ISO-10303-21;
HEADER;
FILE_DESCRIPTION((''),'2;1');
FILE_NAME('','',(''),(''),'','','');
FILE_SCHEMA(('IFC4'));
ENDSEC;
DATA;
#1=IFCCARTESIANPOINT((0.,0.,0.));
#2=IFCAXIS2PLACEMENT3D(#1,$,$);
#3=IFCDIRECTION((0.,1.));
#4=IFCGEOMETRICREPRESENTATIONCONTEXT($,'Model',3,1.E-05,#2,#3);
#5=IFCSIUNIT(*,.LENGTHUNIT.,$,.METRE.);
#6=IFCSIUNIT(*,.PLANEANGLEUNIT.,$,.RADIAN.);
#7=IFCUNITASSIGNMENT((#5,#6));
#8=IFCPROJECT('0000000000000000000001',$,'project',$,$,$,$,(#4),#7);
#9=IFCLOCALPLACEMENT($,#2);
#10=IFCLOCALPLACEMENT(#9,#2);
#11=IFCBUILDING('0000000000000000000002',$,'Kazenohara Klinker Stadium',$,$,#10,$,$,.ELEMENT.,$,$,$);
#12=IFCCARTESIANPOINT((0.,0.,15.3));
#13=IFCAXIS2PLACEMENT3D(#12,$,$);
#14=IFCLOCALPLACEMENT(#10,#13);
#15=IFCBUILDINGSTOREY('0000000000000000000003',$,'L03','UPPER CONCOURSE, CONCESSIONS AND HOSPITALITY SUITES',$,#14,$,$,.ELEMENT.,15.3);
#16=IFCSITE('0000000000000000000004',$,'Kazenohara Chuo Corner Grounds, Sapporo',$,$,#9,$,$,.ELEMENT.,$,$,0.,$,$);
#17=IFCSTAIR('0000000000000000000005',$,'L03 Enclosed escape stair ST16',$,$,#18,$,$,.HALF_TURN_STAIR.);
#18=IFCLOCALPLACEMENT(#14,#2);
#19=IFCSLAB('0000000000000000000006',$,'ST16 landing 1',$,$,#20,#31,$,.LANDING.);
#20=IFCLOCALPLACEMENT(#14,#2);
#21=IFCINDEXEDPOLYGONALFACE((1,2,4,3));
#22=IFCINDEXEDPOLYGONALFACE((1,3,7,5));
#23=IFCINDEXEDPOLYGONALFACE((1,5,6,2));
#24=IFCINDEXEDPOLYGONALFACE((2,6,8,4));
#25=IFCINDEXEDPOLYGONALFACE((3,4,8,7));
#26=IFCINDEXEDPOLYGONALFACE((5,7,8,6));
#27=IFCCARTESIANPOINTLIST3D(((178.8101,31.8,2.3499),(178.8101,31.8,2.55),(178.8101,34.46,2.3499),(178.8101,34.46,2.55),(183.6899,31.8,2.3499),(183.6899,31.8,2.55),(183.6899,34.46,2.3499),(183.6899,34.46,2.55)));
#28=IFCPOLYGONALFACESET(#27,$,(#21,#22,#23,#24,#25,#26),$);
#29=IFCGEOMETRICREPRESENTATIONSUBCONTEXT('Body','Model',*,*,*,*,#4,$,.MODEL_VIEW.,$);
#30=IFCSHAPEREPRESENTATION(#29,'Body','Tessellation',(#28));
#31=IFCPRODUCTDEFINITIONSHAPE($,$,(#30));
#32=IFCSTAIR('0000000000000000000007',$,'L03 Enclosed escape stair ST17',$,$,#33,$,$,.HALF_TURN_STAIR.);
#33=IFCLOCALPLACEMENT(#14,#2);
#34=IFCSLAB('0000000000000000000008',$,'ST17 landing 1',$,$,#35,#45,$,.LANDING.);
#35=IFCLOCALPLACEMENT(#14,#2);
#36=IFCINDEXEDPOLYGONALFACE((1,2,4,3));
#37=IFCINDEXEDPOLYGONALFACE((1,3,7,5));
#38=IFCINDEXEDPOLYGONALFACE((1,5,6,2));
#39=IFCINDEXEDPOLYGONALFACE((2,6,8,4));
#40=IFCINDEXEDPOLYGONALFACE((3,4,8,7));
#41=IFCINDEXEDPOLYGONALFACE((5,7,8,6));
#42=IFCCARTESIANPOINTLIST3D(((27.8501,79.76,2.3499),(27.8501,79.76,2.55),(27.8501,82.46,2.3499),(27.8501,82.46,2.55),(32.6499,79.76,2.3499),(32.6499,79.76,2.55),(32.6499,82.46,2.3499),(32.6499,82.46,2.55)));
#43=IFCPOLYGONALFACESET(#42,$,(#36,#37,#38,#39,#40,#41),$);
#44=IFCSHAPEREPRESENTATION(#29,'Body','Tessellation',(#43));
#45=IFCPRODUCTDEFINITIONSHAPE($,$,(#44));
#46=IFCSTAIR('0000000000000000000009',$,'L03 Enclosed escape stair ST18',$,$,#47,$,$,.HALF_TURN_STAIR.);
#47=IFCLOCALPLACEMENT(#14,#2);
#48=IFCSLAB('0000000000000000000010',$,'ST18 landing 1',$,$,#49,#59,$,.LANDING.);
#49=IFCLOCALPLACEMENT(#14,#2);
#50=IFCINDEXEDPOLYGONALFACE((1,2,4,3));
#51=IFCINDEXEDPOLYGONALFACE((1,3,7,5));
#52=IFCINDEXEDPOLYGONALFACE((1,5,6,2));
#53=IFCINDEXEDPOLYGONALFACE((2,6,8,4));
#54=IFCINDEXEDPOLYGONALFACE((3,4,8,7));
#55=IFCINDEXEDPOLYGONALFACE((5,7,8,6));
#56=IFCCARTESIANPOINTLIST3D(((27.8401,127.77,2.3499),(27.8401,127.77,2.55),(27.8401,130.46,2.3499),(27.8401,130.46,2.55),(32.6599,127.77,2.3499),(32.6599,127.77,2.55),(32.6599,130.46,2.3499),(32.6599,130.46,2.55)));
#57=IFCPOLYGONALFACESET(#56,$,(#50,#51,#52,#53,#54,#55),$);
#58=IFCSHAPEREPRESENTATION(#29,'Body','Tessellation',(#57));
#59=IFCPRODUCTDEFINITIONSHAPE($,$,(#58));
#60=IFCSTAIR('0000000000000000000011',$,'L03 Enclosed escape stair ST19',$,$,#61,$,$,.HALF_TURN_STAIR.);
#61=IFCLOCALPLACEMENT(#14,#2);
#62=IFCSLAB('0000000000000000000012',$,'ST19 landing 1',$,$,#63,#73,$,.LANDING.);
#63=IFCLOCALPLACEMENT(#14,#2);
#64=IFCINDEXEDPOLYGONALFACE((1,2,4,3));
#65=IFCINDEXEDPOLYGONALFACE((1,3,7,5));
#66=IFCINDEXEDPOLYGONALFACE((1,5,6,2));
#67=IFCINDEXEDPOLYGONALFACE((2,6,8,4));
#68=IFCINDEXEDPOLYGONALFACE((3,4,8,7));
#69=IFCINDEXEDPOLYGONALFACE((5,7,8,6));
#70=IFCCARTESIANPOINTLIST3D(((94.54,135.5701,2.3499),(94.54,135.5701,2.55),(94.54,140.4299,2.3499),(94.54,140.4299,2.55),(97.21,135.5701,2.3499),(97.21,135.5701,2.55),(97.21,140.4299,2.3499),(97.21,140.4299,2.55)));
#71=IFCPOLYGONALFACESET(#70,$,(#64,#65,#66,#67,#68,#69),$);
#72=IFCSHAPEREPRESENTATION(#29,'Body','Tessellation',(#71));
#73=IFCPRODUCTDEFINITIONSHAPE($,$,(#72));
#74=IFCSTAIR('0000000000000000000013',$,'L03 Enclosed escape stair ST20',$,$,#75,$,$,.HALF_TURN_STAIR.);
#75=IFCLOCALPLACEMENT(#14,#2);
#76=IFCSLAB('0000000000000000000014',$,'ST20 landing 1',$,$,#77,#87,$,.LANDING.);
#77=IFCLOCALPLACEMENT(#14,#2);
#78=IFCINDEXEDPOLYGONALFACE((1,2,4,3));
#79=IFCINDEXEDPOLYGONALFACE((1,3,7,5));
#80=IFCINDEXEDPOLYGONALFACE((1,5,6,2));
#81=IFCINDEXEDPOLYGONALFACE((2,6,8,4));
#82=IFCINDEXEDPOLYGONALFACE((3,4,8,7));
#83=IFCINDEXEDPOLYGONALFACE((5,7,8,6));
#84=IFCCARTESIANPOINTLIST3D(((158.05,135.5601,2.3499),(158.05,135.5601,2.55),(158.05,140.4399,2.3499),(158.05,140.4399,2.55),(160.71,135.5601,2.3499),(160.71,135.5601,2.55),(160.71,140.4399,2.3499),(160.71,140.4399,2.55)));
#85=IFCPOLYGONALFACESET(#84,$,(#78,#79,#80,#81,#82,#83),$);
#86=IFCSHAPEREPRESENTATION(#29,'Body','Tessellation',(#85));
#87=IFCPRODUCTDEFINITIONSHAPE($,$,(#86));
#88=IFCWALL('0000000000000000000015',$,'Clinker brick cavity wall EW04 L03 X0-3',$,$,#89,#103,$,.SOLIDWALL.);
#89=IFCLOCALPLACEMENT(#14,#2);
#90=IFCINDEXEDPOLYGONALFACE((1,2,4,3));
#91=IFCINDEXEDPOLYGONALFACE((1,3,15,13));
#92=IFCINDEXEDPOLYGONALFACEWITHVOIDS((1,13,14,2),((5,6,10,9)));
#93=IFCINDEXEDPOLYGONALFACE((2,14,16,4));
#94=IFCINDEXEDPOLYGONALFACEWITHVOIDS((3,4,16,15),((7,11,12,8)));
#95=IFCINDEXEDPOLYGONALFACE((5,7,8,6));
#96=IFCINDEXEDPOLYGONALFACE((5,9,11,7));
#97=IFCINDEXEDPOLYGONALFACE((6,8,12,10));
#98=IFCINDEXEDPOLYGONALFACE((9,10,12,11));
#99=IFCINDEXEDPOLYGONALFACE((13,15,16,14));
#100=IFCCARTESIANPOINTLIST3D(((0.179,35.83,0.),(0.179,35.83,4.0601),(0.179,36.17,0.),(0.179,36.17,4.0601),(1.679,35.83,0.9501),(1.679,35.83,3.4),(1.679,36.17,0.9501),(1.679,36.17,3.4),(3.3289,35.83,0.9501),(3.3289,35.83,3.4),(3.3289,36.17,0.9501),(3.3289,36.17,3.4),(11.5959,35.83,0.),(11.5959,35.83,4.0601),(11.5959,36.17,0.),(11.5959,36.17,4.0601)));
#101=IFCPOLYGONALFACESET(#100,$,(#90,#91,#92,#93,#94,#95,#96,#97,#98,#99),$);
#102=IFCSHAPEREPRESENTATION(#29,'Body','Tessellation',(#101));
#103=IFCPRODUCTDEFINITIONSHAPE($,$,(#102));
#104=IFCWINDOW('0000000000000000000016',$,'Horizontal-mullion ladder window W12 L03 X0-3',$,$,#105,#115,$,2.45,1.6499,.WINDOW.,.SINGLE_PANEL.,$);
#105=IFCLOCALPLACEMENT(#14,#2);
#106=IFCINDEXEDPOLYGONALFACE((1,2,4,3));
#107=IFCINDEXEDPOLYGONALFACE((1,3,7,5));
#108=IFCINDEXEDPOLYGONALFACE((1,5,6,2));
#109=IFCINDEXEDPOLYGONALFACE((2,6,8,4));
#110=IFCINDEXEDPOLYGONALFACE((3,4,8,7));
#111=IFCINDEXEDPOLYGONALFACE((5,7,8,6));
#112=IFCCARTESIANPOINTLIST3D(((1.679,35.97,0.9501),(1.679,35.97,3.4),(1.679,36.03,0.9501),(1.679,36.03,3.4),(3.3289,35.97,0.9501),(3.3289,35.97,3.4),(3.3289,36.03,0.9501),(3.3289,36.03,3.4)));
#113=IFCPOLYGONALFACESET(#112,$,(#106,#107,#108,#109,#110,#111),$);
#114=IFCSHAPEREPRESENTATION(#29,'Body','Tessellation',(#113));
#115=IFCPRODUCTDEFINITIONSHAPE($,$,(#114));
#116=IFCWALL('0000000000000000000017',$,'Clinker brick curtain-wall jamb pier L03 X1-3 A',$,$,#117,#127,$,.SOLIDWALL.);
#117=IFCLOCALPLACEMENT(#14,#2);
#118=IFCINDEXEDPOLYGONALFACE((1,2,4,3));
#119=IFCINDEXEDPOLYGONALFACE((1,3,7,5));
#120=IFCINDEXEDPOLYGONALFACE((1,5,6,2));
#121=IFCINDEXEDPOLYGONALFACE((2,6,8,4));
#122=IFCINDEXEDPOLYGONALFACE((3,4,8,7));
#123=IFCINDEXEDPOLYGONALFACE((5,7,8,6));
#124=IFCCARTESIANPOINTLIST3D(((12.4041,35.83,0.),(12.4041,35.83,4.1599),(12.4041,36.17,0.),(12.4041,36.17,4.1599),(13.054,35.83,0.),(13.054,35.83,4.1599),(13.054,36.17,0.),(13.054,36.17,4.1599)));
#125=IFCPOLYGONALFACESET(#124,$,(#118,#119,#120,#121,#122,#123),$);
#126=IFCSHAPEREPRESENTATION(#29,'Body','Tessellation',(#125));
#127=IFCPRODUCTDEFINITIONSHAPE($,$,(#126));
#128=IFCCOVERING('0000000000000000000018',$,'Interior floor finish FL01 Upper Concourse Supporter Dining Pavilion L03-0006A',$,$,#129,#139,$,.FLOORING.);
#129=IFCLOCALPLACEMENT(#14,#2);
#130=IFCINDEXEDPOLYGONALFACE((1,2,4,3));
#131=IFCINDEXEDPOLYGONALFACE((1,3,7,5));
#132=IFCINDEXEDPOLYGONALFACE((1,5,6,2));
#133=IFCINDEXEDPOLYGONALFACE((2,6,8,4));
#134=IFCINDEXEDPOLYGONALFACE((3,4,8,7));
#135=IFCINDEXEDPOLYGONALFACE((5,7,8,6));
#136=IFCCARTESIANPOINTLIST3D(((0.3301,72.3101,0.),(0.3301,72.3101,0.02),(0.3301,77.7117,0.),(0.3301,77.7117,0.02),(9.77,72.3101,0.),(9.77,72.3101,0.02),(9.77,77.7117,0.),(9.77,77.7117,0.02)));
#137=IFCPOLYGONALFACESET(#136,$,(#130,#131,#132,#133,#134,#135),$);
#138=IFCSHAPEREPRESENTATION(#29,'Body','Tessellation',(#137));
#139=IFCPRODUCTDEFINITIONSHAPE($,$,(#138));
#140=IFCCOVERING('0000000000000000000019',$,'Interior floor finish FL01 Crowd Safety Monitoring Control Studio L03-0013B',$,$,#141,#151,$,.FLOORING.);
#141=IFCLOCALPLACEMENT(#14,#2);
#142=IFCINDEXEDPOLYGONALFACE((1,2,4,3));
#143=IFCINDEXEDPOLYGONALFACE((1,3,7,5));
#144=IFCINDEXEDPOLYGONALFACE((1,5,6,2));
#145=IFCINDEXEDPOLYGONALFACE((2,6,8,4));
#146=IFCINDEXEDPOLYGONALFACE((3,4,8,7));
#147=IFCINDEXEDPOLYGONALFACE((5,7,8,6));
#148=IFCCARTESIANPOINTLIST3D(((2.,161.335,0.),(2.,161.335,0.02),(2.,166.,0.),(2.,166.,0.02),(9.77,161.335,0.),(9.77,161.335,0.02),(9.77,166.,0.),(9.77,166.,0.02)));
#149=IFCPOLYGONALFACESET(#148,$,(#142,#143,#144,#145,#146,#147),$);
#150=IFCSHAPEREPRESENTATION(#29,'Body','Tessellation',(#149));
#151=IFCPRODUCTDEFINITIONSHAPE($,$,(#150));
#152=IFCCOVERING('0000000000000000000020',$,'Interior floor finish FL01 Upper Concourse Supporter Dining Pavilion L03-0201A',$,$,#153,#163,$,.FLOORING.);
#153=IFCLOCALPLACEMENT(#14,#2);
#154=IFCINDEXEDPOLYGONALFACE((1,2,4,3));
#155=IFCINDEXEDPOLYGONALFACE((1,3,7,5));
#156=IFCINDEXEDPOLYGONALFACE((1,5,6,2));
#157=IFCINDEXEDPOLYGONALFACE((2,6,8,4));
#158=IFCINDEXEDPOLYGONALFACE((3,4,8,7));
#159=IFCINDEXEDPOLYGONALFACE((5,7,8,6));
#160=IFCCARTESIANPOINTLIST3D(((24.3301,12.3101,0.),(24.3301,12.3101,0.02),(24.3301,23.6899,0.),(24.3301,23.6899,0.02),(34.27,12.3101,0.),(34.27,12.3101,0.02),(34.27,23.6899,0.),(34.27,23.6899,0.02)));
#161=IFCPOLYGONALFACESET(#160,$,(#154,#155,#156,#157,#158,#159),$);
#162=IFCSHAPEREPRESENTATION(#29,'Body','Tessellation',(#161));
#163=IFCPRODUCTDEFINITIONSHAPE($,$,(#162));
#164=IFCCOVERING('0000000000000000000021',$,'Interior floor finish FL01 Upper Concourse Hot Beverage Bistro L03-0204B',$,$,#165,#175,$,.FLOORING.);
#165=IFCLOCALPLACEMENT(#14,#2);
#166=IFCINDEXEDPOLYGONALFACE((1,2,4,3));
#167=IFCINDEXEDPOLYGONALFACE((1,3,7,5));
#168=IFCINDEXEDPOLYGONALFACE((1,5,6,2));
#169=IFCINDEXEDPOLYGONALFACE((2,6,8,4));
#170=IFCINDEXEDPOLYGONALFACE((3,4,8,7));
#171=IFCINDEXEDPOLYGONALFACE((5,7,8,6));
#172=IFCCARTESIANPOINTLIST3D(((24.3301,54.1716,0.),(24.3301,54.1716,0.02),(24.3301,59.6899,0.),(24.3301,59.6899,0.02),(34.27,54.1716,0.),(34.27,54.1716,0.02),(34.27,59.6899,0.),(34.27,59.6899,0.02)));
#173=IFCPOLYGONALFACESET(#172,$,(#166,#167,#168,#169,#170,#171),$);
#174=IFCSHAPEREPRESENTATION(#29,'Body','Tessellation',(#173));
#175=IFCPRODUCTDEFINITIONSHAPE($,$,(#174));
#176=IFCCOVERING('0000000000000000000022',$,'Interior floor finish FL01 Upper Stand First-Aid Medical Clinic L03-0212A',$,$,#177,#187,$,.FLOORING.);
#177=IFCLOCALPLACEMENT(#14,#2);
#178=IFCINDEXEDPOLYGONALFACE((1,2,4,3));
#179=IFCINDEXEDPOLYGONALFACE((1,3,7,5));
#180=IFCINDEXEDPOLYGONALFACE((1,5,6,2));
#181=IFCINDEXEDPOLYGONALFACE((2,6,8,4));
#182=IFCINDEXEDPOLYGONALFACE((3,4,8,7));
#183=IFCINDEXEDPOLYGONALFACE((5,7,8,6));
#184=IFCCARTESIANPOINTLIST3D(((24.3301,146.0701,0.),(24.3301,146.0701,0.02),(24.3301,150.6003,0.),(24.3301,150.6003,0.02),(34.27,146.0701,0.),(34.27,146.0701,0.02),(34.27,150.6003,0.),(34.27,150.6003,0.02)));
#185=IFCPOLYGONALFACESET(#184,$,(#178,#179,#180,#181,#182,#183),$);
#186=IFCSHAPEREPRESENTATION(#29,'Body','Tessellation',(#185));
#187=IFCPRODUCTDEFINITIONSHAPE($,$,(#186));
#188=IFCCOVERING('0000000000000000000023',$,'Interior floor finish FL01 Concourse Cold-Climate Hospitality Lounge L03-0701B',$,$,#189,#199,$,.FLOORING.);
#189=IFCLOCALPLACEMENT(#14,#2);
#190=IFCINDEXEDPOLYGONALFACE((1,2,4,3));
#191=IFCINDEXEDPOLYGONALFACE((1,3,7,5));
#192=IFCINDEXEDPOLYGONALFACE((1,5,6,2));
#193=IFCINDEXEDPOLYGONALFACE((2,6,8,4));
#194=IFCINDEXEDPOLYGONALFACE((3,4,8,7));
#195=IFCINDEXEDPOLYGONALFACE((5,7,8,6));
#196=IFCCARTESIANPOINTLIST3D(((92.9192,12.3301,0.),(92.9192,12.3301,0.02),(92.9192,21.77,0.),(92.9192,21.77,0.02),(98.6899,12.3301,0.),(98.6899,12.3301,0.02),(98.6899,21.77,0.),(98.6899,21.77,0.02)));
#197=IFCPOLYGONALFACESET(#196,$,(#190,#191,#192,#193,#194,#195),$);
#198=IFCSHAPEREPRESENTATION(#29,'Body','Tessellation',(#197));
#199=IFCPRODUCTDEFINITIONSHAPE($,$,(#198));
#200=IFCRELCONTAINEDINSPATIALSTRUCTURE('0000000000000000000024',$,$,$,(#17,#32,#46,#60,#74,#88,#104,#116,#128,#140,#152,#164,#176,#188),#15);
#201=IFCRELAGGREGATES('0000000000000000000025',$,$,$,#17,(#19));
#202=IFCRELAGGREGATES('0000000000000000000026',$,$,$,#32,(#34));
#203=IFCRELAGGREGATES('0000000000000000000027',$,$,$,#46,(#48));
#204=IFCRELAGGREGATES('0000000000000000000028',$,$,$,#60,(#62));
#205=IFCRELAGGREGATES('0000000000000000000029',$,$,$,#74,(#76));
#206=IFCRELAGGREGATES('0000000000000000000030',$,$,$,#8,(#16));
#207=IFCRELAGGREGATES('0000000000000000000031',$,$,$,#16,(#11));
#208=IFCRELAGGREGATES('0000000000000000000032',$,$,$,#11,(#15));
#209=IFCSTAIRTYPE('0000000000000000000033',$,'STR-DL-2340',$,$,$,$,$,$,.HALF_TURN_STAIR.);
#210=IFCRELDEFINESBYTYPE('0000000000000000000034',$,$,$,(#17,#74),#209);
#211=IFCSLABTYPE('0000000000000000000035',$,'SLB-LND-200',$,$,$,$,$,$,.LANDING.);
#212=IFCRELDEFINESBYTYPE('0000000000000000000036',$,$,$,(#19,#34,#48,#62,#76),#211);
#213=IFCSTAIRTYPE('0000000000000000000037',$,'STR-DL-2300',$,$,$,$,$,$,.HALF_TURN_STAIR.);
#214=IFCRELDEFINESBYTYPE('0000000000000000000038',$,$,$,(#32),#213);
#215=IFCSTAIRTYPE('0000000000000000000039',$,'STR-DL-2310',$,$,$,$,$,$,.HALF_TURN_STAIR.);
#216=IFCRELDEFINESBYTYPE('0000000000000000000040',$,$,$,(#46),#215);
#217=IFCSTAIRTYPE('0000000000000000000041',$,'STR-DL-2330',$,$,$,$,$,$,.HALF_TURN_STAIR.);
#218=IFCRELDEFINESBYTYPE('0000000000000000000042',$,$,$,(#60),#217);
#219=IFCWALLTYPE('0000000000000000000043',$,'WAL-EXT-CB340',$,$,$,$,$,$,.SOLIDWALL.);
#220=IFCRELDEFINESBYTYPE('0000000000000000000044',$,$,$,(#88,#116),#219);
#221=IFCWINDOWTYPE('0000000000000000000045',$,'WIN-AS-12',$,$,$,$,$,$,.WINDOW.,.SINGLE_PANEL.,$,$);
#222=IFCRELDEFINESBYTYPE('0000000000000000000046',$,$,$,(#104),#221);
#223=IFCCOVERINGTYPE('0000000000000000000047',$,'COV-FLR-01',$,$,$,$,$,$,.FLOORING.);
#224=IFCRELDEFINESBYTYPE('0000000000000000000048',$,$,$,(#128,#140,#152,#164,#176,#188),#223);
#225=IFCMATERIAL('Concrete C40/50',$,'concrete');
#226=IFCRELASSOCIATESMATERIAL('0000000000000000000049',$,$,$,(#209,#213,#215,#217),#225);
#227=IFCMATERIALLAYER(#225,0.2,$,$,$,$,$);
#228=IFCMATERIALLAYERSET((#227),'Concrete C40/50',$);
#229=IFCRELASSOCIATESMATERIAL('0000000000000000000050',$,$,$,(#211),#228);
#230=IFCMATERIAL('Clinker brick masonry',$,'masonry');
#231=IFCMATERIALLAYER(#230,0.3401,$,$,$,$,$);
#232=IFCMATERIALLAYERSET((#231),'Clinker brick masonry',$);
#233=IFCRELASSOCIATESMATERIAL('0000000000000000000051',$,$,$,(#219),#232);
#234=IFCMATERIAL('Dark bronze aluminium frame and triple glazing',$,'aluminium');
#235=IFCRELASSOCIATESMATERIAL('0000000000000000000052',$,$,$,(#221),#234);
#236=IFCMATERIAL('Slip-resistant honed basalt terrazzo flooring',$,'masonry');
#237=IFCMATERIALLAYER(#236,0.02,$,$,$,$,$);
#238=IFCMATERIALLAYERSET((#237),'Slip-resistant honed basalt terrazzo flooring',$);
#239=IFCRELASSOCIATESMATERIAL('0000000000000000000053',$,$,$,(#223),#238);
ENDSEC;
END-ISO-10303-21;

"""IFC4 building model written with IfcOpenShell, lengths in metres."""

from ifc_helpers import new_model, si_unit, direction, frame, frame_2d, origin, place, context, subcontext, project, spatial, polyline, rectangle, outline, extrude, material, layer, layer_set, type_object, element, fill, aggregate, save


model = new_model("IFC4")

# Units and contexts
model_context = context("Model", 3, precision=1e-05, world=origin(), true_north=direction((0.0, 1.0)))
body_context = subcontext(model_context, "Body", "Model", "MODEL_VIEW")
ifc_project = project(units=[si_unit("LENGTHUNIT", "METRE"), si_unit("PLANEANGLEUNIT", "RADIAN")], contexts=[model_context])

# Site, building, storey
site_placement = place(None, origin())
site = spatial("IfcSite", under=ifc_project, at=site_placement, Name="Kazenohara Chuo Corner Grounds, Sapporo", CompositionType="ELEMENT", RefElevation=0.0)
building_placement = place(site_placement, origin())
building = spatial("IfcBuilding", under=site, at=building_placement, Name="Kazenohara Klinker Stadium", CompositionType="ELEMENT")
storey_placement = place(building_placement, frame((0.0, 0.0, 15.3)))
storey = spatial("IfcBuildingStorey", under=building, at=storey_placement, Name="L03", Description="UPPER CONCOURSE, CONCESSIONS AND HOSPITALITY SUITES", CompositionType="ELEMENT", Elevation=15.3)

# Shared definitions
ifc_material_1 = material(Name="Concrete C40/50", Category="concrete")

# Stairs, slabs
stair_type_1 = type_object("IfcStairType", Name="STR-DL-2340", PredefinedType="HALF_TURN_STAIR", material=ifc_material_1)
ifc_layer_1 = layer(ifc_material_1, 0.2)
ifc_layer_set_1 = layer_set([ifc_layer_1], Name="Concrete C40/50")
slab_type = type_object("IfcSlabType", Name="SLB-LND-200", PredefinedType="LANDING", material=ifc_layer_set_1)
stair_type_2 = type_object("IfcStairType", Name="STR-DL-2300", PredefinedType="HALF_TURN_STAIR", material=ifc_material_1)
stair_type_3 = type_object("IfcStairType", Name="STR-DL-2310", PredefinedType="HALF_TURN_STAIR", material=ifc_material_1)
stair_type_4 = type_object("IfcStairType", Name="STR-DL-2330", PredefinedType="HALF_TURN_STAIR", material=ifc_material_1)
stair_1_placement = place(storey_placement, origin())
stair_1 = element("IfcStair", 1, at=stair_1_placement, inside=storey, type_object=stair_type_1, Name="L03 Enclosed escape stair ST16", PredefinedType="HALF_TURN_STAIR")
slab_1_placement = place(storey_placement, frame((0.0, 0.0, 2.3499)))
slab_1 = element("IfcSlab", 2, at=slab_1_placement, type_object=slab_type, Name="ST16 landing 1", PredefinedType="LANDING", context=body_context, shape_type="SweptSolid", body=[
    extrude(outline(polyline([(183.6899, 31.8), (183.6899, 34.46), (178.8101, 34.46), (178.8101, 31.8), (183.6899, 31.8)])), origin(), (0.0, 0.0, 1.0), 0.2002),
])
aggregate(stair_1, [slab_1])
stair_2_placement = place(storey_placement, origin())
stair_2 = element("IfcStair", 3, at=stair_2_placement, inside=storey, type_object=stair_type_2, Name="L03 Enclosed escape stair ST17", PredefinedType="HALF_TURN_STAIR")
slab_2_placement = place(storey_placement, frame((0.0, 0.0, 2.3499)))
slab_2 = element("IfcSlab", 4, at=slab_2_placement, type_object=slab_type, Name="ST17 landing 1", PredefinedType="LANDING", context=body_context, shape_type="SweptSolid", body=[
    extrude(outline(polyline([(32.6499, 79.76), (32.6499, 82.46), (27.8501, 82.46), (27.8501, 79.76), (32.6499, 79.76)])), origin(), (0.0, 0.0, 1.0), 0.2002),
])
aggregate(stair_2, [slab_2])
stair_3_placement = place(storey_placement, origin())
stair_3 = element("IfcStair", 5, at=stair_3_placement, inside=storey, type_object=stair_type_3, Name="L03 Enclosed escape stair ST18", PredefinedType="HALF_TURN_STAIR")
slab_3_placement = place(storey_placement, frame((0.0, 0.0, 2.3499)))
slab_3 = element("IfcSlab", 6, at=slab_3_placement, type_object=slab_type, Name="ST18 landing 1", PredefinedType="LANDING", context=body_context, shape_type="SweptSolid", body=[
    extrude(outline(polyline([(32.6599, 127.77), (32.6599, 130.46), (27.8401, 130.46), (27.8401, 127.77), (32.6599, 127.77)])), origin(), (0.0, 0.0, 1.0), 0.2002),
])
aggregate(stair_3, [slab_3])
stair_4_placement = place(storey_placement, origin())
stair_4 = element("IfcStair", 7, at=stair_4_placement, inside=storey, type_object=stair_type_4, Name="L03 Enclosed escape stair ST19", PredefinedType="HALF_TURN_STAIR")
slab_4_placement = place(storey_placement, frame((0.0, 0.0, 2.3499)))
slab_4 = element("IfcSlab", 8, at=slab_4_placement, type_object=slab_type, Name="ST19 landing 1", PredefinedType="LANDING", context=body_context, shape_type="SweptSolid", body=[
    extrude(outline(polyline([(94.54, 135.5701), (97.21, 135.5701), (97.21, 140.4299), (94.54, 140.4299), (94.54, 135.5701)])), origin(), (0.0, 0.0, 1.0), 0.2002),
])
aggregate(stair_4, [slab_4])
stair_5_placement = place(storey_placement, origin())
stair_5 = element("IfcStair", 9, at=stair_5_placement, inside=storey, type_object=stair_type_1, Name="L03 Enclosed escape stair ST20", PredefinedType="HALF_TURN_STAIR")
slab_5_placement = place(storey_placement, frame((0.0, 0.0, 2.3499)))
slab_5 = element("IfcSlab", 10, at=slab_5_placement, type_object=slab_type, Name="ST20 landing 1", PredefinedType="LANDING", context=body_context, shape_type="SweptSolid", body=[
    extrude(outline(polyline([(158.05, 135.5601), (160.71, 135.5601), (160.71, 140.4399), (158.05, 140.4399), (158.05, 135.5601)])), origin(), (0.0, 0.0, 1.0), 0.2002),
])
aggregate(stair_5, [slab_5])

# Wall, opening, window
ifc_material_2 = material(Name="Clinker brick masonry", Category="masonry")
ifc_layer_2 = layer(ifc_material_2, 0.3401)
ifc_layer_set_2 = layer_set([ifc_layer_2], Name="Clinker brick masonry")
wall_type = type_object("IfcWallType", Name="WAL-EXT-CB340", PredefinedType="SOLIDWALL", material=ifc_layer_set_2)
wall_1_placement = place(storey_placement, frame((0.179, 36.0, 0.0), z_axis=(0.0, 0.0, 1.0), x_axis=(1.0, 0.0, 0.0)))
wall_1 = element("IfcWall", 11, at=wall_1_placement, inside=storey, type_object=wall_type, Name="Clinker brick cavity wall EW04 L03 X0-3", PredefinedType="SOLIDWALL", context=body_context, shape_type="SweptSolid", body=[
    extrude(rectangle(XDim=11.417, YDim=0.3401, at=frame_2d((5.7085, 0.0))), origin(), (0.0, 0.0, 1.0), 4.0601),
])
opening_placement = place(wall_1_placement, frame((1.5, 0.0, 0.95)))
opening = element("IfcOpeningElement", 12, at=opening_placement, cuts=wall_1, PredefinedType="OPENING", context=body_context, shape_type="SweptSolid", body=[
    extrude(rectangle(XDim=1.6499, YDim=2.45, at=frame_2d((0.825, 1.2251))), frame((0.0, 0.1802, 0.0), z_axis=(0.0, -1.0, 0.0), x_axis=(1.0, 0.0, 0.0)), (0.0, 0.0, 1.0), 0.3601),
])
ifc_material_3 = material(Name="Dark bronze aluminium frame and triple glazing", Category="aluminium")
window_type = type_object("IfcWindowType", Name="WIN-AS-12", PartitioningType="SINGLE_PANEL", PredefinedType="WINDOW", material=ifc_material_3)
window_placement = place(opening_placement, origin())
window = element("IfcWindow", 13, at=window_placement, inside=storey, type_object=window_type, Name="Horizontal-mullion ladder window W12 L03 X0-3", OverallHeight=2.45, OverallWidth=1.6499, PartitioningType="SINGLE_PANEL", PredefinedType="WINDOW", context=body_context, shape_type="SweptSolid", body=[
    extrude(rectangle(XDim=1.6499, YDim=2.45, at=frame_2d((0.825, 1.2251))), frame((0.0, 0.03, 0.0), z_axis=(0.0, -1.0, 0.0), x_axis=(1.0, 0.0, 0.0)), (0.0, 0.0, 1.0), 0.0601),
])
fill(opening, window)

# Wall
wall_2_placement = place(storey_placement, frame((12.4041, 36.0, 0.0), z_axis=(0.0, 0.0, 1.0), x_axis=(1.0, 0.0, 0.0)))
element("IfcWall", 14, at=wall_2_placement, inside=storey, type_object=wall_type, Name="Clinker brick curtain-wall jamb pier L03 X1-3 A", PredefinedType="SOLIDWALL", context=body_context, shape_type="SweptSolid", body=[
    extrude(rectangle(XDim=0.6499, YDim=0.3401, at=frame_2d((0.325, 0.0))), origin(), (0.0, 0.0, 1.0), 4.1599),
])

# Coverings
ifc_material_4 = material(Name="Slip-resistant honed basalt terrazzo flooring", Category="masonry")
ifc_layer_3 = layer(ifc_material_4, 0.02)
ifc_layer_set_3 = layer_set([ifc_layer_3], Name="Slip-resistant honed basalt terrazzo flooring")
covering_type_1 = type_object("IfcCoveringType", Name="COV-FLR-01", PredefinedType="FLOORING", material=ifc_layer_set_3)
covering_1_placement = place(storey_placement, origin())
element("IfcCovering", 15, at=covering_1_placement, inside=storey, type_object=covering_type_1, Name="Interior floor finish FL01 Upper Concourse Supporter Dining Pavilion L03-0006A", PredefinedType="FLOORING", context=body_context, shape_type="SweptSolid", body=[
    extrude(outline(polyline([(0.3301, 72.3101), (9.77, 72.3101), (9.77, 77.7117), (0.3301, 77.7117), (0.3301, 72.3101)])), origin(), (0.0, 0.0, 1.0), 0.02),
])
covering_2_placement = place(storey_placement, origin())
element("IfcCovering", 16, at=covering_2_placement, inside=storey, type_object=covering_type_1, Name="Interior floor finish FL01 Crowd Safety Monitoring Control Studio L03-0013B", PredefinedType="FLOORING", context=body_context, shape_type="SweptSolid", body=[
    extrude(outline(polyline([(2.0, 161.335), (9.77, 161.335), (9.77, 166.0), (2.0, 166.0), (2.0, 161.335)])), origin(), (0.0, 0.0, 1.0), 0.02),
])
covering_3_placement = place(storey_placement, origin())
element("IfcCovering", 17, at=covering_3_placement, inside=storey, type_object=covering_type_1, Name="Interior floor finish FL01 Upper Concourse Supporter Dining Pavilion L03-0201A", PredefinedType="FLOORING", context=body_context, shape_type="SweptSolid", body=[
    extrude(outline(polyline([(24.3301, 12.3101), (34.27, 12.3101), (34.27, 23.6899), (24.3301, 23.6899), (24.3301, 12.3101)])), origin(), (0.0, 0.0, 1.0), 0.02),
])
covering_4_placement = place(storey_placement, origin())
element("IfcCovering", 18, at=covering_4_placement, inside=storey, type_object=covering_type_1, Name="Interior floor finish FL01 Upper Concourse Hot Beverage Bistro L03-0204B", PredefinedType="FLOORING", context=body_context, shape_type="SweptSolid", body=[
    extrude(outline(polyline([(24.3301, 54.1716), (34.27, 54.1716), (34.27, 59.6899), (24.3301, 59.6899), (24.3301, 54.1716)])), origin(), (0.0, 0.0, 1.0), 0.02),
])
covering_5_placement = place(storey_placement, origin())
element("IfcCovering", 19, at=covering_5_placement, inside=storey, type_object=covering_type_1, Name="Interior floor finish FL01 Upper Stand First-Aid Medical Clinic L03-0212A", PredefinedType="FLOORING", context=body_context, shape_type="SweptSolid", body=[
    extrude(outline(polyline([(24.3301, 146.0701), (34.27, 146.0701), (34.27, 150.6003), (24.3301, 150.6003), (24.3301, 146.0701)])), origin(), (0.0, 0.0, 1.0), 0.02),
])
covering_6_placement = place(storey_placement, origin())
element("IfcCovering", 20, at=covering_6_placement, inside=storey, type_object=covering_type_1, Name="Interior floor finish FL01 Concourse Cold-Climate Hospitality Lounge L03-0701B", PredefinedType="FLOORING", context=body_context, shape_type="SweptSolid", body=[
    extrude(outline(polyline([(92.9192, 12.3301), (98.6899, 12.3301), (98.6899, 21.77), (92.9192, 21.77), (92.9192, 12.3301)])), origin(), (0.0, 0.0, 1.0), 0.02),
])

save(model, "model.ifc")
